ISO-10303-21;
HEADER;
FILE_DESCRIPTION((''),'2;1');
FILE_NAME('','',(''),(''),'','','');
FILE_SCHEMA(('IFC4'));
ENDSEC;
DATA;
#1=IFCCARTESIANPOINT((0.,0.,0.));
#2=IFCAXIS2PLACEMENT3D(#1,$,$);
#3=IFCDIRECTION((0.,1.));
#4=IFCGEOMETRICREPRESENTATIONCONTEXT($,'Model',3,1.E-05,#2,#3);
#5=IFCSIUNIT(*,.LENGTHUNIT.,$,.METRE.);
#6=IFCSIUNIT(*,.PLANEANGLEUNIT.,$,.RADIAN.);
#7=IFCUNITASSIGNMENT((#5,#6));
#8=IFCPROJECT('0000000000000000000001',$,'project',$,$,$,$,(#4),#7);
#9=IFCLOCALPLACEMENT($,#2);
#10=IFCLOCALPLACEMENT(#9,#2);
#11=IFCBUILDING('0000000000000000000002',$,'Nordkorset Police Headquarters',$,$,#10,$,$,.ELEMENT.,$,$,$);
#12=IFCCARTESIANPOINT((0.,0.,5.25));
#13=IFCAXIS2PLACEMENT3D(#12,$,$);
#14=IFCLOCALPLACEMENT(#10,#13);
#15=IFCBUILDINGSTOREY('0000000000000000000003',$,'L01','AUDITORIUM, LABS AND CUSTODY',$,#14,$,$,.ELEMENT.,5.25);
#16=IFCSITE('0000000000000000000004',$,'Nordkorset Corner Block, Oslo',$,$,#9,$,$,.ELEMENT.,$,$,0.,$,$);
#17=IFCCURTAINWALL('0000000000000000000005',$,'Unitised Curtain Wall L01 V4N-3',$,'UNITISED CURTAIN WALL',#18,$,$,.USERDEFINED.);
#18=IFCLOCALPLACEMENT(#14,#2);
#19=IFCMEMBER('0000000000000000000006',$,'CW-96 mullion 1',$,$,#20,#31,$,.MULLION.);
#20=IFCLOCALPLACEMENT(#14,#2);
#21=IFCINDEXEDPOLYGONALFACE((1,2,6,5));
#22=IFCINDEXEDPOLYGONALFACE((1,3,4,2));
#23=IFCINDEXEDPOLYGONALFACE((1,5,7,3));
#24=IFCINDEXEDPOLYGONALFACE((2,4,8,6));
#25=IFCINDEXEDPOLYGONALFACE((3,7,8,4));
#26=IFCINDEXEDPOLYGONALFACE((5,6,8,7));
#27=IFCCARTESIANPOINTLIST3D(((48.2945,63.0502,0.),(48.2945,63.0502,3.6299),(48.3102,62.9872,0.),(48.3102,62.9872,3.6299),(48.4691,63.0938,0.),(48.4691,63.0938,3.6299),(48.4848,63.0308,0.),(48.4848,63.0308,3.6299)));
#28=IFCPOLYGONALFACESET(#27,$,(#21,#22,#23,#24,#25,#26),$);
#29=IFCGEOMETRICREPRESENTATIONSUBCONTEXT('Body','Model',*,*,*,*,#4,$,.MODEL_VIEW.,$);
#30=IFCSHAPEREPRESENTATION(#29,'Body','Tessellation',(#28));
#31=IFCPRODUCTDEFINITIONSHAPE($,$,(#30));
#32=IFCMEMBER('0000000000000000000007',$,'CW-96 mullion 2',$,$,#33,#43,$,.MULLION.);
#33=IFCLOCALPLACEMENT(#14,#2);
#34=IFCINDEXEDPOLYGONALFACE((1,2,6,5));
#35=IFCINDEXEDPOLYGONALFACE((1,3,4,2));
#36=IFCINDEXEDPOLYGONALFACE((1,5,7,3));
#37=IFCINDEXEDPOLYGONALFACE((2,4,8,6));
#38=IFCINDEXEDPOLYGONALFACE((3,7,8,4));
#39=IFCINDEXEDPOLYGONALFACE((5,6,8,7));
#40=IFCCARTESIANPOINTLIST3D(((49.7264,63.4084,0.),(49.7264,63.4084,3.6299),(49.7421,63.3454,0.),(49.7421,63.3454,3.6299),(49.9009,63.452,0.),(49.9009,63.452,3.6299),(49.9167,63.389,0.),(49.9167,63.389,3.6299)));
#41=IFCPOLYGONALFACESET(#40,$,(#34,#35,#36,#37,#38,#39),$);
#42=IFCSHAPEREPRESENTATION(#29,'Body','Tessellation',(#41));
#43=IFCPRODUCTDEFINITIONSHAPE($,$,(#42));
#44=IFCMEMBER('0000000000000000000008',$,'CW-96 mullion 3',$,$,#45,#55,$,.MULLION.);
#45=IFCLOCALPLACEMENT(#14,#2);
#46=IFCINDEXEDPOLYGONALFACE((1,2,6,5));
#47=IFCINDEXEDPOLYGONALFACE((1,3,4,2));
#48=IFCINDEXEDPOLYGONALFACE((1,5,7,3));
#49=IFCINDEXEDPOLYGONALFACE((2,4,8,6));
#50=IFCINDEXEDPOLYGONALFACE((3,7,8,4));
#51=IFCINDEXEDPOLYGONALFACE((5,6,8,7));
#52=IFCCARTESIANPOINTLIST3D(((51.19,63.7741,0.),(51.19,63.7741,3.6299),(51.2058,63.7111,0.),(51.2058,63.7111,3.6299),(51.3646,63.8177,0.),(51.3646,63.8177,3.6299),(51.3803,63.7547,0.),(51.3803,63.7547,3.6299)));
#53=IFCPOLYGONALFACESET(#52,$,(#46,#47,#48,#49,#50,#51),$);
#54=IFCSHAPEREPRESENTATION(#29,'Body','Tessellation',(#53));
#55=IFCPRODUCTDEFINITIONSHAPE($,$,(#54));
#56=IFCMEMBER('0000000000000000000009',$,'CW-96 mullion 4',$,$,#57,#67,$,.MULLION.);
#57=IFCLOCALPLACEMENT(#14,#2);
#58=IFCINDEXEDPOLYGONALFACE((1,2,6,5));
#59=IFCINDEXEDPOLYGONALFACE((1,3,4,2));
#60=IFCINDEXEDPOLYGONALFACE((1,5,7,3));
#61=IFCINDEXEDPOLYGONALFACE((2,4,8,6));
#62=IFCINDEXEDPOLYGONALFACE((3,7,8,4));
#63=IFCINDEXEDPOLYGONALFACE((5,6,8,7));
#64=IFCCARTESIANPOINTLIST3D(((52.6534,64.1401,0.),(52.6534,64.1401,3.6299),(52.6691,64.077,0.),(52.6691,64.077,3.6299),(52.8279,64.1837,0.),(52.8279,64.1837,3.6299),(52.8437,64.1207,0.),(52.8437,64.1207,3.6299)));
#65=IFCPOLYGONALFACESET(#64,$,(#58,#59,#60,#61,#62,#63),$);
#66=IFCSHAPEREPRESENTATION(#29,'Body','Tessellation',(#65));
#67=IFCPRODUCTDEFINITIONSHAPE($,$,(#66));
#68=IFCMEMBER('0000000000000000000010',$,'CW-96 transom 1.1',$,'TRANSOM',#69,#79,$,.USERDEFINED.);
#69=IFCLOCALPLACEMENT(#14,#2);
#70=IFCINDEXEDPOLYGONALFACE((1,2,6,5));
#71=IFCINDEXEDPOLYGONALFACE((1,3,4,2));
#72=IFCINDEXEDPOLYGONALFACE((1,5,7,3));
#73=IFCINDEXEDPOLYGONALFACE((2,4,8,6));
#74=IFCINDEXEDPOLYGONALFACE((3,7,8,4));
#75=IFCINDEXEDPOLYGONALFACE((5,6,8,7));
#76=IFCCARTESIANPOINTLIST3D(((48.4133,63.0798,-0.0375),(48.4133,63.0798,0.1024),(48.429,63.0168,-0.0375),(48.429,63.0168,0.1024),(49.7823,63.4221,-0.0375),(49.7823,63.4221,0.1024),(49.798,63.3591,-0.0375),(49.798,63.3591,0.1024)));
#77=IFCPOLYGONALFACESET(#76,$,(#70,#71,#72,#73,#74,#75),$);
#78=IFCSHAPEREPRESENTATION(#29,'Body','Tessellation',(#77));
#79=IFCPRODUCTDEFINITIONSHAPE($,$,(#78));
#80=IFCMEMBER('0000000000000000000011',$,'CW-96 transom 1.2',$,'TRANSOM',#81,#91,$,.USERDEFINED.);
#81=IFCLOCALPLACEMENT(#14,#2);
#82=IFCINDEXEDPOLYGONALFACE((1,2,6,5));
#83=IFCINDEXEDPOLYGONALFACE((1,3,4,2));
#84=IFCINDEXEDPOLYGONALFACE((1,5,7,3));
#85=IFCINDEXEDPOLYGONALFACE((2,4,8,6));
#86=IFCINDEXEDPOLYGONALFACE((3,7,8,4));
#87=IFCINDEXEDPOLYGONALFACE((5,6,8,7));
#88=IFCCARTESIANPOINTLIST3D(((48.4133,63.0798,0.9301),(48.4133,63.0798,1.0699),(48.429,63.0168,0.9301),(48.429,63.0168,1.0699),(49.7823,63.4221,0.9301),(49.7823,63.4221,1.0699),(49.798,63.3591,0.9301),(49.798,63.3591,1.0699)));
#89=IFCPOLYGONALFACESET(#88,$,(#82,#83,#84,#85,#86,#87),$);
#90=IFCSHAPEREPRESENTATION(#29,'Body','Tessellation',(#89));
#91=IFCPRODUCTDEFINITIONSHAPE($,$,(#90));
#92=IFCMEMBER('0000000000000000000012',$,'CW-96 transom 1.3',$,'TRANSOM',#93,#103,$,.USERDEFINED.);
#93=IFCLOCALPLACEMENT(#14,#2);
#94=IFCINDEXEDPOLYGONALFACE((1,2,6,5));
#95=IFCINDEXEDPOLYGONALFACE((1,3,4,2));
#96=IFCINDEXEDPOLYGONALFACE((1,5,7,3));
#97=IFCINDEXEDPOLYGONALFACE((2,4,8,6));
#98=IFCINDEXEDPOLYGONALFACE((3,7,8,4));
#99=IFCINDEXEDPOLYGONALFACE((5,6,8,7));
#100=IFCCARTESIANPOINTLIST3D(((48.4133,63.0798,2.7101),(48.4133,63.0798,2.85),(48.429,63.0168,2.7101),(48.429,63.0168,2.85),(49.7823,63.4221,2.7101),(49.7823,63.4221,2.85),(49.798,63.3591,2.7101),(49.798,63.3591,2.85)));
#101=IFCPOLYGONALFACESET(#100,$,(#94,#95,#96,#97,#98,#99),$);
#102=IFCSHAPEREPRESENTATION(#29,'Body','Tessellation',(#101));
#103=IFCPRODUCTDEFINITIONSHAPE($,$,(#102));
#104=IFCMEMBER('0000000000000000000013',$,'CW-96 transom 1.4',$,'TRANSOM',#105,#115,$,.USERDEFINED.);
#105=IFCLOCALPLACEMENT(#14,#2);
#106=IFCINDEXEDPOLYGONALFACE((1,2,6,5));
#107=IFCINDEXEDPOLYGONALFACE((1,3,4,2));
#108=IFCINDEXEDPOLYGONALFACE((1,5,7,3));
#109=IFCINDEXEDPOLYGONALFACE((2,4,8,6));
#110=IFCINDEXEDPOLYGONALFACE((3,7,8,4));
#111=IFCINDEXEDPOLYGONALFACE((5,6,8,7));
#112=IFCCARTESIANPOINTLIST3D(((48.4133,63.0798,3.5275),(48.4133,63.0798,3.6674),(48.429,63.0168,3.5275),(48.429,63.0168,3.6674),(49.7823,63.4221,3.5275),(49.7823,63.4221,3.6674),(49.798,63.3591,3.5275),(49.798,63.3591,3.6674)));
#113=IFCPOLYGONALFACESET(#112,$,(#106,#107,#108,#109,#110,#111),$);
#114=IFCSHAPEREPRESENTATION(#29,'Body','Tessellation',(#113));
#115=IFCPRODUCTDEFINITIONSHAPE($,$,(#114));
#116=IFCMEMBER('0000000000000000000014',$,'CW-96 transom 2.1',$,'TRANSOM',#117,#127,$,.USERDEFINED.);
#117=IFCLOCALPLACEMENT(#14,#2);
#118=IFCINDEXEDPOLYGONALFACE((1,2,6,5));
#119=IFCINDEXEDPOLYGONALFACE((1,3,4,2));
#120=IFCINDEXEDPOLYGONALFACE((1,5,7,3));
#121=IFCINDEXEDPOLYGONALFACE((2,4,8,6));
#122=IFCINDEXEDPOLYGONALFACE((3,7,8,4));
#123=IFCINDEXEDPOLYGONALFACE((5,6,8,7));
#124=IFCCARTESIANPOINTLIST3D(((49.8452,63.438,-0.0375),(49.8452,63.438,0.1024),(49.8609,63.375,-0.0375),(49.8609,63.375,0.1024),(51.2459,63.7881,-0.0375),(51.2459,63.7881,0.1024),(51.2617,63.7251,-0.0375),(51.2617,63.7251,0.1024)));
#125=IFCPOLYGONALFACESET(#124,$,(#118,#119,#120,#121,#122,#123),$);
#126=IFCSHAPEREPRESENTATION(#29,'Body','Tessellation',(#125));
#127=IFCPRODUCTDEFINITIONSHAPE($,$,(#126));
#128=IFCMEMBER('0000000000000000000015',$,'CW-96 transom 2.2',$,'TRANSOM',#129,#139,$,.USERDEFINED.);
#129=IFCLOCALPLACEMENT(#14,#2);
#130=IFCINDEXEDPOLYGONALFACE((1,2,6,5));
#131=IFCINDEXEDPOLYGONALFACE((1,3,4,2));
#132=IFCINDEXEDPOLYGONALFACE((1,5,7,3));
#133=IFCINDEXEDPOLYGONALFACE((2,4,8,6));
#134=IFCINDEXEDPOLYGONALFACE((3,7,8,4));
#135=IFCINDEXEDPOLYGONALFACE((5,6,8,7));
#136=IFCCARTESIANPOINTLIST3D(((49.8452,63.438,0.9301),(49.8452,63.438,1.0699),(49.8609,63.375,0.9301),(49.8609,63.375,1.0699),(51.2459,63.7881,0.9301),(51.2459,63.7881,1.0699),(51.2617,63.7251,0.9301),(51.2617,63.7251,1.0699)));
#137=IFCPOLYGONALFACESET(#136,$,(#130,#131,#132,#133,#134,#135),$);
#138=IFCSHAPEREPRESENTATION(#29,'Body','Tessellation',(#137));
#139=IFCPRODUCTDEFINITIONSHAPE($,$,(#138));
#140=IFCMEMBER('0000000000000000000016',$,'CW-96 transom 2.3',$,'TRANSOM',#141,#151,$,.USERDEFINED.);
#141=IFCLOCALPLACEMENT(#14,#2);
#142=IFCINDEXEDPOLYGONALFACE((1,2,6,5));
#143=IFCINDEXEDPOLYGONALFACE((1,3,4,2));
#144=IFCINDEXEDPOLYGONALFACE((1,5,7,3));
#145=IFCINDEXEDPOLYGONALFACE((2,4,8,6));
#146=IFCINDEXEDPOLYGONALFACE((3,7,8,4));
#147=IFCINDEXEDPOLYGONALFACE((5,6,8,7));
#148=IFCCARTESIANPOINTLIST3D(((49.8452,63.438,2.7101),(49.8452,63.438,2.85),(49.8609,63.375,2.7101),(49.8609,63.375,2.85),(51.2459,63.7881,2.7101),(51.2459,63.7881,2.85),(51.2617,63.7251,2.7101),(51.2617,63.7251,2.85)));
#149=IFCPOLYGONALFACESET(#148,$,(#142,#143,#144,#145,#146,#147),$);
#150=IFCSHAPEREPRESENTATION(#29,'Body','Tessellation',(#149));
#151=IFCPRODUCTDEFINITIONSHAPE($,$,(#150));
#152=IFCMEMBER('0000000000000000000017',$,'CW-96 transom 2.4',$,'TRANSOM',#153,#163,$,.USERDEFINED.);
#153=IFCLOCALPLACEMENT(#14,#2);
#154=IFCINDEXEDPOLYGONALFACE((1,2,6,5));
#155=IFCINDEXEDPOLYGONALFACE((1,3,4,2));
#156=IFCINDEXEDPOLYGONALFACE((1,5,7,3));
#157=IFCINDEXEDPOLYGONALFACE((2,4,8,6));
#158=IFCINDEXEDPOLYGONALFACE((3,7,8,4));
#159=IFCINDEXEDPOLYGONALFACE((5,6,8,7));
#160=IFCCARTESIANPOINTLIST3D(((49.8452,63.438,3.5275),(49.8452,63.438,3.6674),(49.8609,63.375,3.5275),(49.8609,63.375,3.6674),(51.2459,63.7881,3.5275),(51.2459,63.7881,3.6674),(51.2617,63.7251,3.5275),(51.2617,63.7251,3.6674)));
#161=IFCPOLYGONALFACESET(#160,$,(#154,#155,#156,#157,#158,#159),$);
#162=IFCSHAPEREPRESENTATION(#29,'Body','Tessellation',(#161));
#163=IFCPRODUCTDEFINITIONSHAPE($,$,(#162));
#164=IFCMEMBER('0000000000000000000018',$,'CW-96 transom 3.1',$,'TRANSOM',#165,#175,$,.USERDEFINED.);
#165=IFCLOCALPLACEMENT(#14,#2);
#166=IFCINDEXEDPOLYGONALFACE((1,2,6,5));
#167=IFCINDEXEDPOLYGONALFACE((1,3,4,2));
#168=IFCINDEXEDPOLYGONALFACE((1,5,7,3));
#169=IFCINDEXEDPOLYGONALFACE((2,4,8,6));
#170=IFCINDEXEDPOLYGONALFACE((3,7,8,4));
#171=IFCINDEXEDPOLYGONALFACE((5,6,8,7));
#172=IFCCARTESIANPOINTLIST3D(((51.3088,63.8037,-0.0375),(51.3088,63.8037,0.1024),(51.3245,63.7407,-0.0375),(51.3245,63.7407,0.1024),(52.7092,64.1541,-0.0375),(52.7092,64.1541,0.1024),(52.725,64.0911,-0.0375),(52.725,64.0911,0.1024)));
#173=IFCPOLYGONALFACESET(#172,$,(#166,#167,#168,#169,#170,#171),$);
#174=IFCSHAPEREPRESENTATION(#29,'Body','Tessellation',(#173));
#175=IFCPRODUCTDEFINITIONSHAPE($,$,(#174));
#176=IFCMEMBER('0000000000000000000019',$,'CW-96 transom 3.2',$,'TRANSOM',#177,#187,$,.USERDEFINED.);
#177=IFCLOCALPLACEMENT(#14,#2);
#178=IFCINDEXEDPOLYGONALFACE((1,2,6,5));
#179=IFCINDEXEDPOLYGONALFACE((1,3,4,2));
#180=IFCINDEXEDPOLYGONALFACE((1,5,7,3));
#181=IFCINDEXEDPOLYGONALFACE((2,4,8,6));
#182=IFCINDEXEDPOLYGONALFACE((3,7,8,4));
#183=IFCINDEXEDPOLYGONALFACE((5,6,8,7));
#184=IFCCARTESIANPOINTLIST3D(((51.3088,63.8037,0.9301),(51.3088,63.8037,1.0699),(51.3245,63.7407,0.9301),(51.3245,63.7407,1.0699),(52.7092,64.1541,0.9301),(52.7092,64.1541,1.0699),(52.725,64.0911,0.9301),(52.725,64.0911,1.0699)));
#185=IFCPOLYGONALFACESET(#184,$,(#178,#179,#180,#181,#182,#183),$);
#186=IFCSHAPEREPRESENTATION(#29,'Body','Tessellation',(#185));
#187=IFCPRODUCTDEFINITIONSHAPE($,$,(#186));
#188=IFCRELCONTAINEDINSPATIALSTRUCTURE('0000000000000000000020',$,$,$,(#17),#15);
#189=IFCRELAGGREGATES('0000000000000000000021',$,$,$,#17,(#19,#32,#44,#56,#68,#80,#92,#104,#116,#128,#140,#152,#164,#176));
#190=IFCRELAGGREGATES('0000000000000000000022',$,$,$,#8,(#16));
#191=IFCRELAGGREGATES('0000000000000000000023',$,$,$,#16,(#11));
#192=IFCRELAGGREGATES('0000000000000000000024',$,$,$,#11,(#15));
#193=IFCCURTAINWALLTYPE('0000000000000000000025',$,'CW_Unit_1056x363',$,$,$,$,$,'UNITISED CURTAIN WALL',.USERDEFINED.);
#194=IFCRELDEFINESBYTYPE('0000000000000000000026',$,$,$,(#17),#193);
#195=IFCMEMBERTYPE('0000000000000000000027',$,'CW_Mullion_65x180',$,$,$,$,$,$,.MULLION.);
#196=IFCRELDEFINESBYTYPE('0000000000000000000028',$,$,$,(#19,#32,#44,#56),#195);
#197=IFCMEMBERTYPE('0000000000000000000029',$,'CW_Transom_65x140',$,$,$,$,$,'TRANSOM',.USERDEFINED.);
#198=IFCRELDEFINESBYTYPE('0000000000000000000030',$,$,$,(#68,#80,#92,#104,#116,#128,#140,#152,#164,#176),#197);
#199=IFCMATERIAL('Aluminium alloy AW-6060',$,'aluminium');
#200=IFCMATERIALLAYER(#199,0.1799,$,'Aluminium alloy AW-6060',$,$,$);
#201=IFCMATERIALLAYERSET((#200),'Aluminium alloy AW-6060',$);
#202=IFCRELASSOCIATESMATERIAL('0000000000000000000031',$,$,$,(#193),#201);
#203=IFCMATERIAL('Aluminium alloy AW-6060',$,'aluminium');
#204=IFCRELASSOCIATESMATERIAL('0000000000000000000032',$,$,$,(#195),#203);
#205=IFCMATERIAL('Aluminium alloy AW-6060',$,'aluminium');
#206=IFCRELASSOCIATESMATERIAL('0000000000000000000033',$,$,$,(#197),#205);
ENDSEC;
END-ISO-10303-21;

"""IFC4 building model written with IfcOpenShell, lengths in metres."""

from ifc_helpers import new_model, si_unit, direction, frame, origin, origin_2d, place, context, subcontext, project, spatial, rectangle, extrude, material, layer, layer_set, material_profile, profile_set, type_object, element, aggregate, save


model = new_model("IFC4")

# Units and contexts
model_context = context("Model", 3, precision=1e-05, world=origin(), true_north=direction((0.0, 1.0)))
body_context = subcontext(model_context, "Body", "Model", "MODEL_VIEW")
ifc_project = project(units=[si_unit("LENGTHUNIT", "METRE"), si_unit("PLANEANGLEUNIT", "RADIAN")], contexts=[model_context])

# Site, building, storey
site_placement = place(None, origin())
site = spatial("IfcSite", under=ifc_project, at=site_placement, Name="Nordkorset Corner Block, Oslo", CompositionType="ELEMENT", RefElevation=0.0)
building_placement = place(site_placement, origin())
building = spatial("IfcBuilding", under=site, at=building_placement, Name="Nordkorset Police Headquarters", CompositionType="ELEMENT")
storey_placement = place(building_placement, frame((0.0, 0.0, 5.25)))
storey = spatial("IfcBuildingStorey", under=building, at=storey_placement, Name="L01", Description="AUDITORIUM, LABS AND CUSTODY", CompositionType="ELEMENT", Elevation=5.25)

# Curtain wall, members
ifc_material_1 = material(Name="Aluminium alloy AW-6060", Category="aluminium")
ifc_layer_1 = layer(ifc_material_1, 0.1799, Name="Aluminium alloy AW-6060")
ifc_layer_set_1 = layer_set([ifc_layer_1], Name="Aluminium alloy AW-6060")
curtain_wall_type = type_object("IfcCurtainWallType", Name="CW_Unit_1056x363", ElementType="UNITISED CURTAIN WALL", PredefinedType="USERDEFINED", material=ifc_layer_set_1)
curtain_wall_placement = place(storey_placement, origin())
curtain_wall = element("IfcCurtainWall", 1, at=curtain_wall_placement, inside=storey, type_object=curtain_wall_type, Name="Unitised Curtain Wall L01 V4N-3", ObjectType="UNITISED CURTAIN WALL", PredefinedType="USERDEFINED")
ifc_material_2 = material(Name="Aluminium alloy AW-6060", Category="aluminium")
ifc_material_profile_1 = material_profile(ifc_material_2, rectangle(XDim=0.0649, YDim=0.1799, at=origin_2d()), Name="ALU MULL 65x180")
ifc_profile_set_1 = profile_set([ifc_material_profile_1], Name="Aluminium alloy AW-6060")
member_type_1 = type_object("IfcMemberType", Name="CW_Mullion_65x180", PredefinedType="MULLION", material=ifc_profile_set_1)
member_1_placement = place(storey_placement, frame((48.3896, 63.0405, 0.0), z_axis=(0.0, 0.0, 1.0), x_axis=(-0.242536, 0.970142, 0.0)))
member_1 = element("IfcMember", 2, at=member_1_placement, type_object=member_type_1, Name="CW-96 mullion 1", PredefinedType="MULLION", context=body_context, shape_type="SweptSolid", body=[
    extrude(rectangle(XDim=0.0649, YDim=0.1799, at=origin_2d()), origin(), (0.0, 0.0, 1.0), 3.6299),
])
member_2_placement = place(storey_placement, frame((49.8215, 63.3987, 0.0), z_axis=(0.0, 0.0, 1.0), x_axis=(-0.242536, 0.970142, 0.0)))
member_2 = element("IfcMember", 3, at=member_2_placement, type_object=member_type_1, Name="CW-96 mullion 2", PredefinedType="MULLION", context=body_context, shape_type="SweptSolid", body=[
    extrude(rectangle(XDim=0.0649, YDim=0.1799, at=origin_2d()), origin(), (0.0, 0.0, 1.0), 3.6299),
])
member_3_placement = place(storey_placement, frame((51.2852, 63.7644, 0.0), z_axis=(0.0, 0.0, 1.0), x_axis=(-0.242536, 0.970142, 0.0)))
member_3 = element("IfcMember", 4, at=member_3_placement, type_object=member_type_1, Name="CW-96 mullion 3", PredefinedType="MULLION", context=body_context, shape_type="SweptSolid", body=[
    extrude(rectangle(XDim=0.0649, YDim=0.1799, at=origin_2d()), origin(), (0.0, 0.0, 1.0), 3.6299),
])
member_4_placement = place(storey_placement, frame((52.7485, 64.1304, 0.0), z_axis=(0.0, 0.0, 1.0), x_axis=(-0.242536, 0.970142, 0.0)))
member_4 = element("IfcMember", 5, at=member_4_placement, type_object=member_type_1, Name="CW-96 mullion 4", PredefinedType="MULLION", context=body_context, shape_type="SweptSolid", body=[
    extrude(rectangle(XDim=0.0649, YDim=0.1799, at=origin_2d()), origin(), (0.0, 0.0, 1.0), 3.6299),
])
ifc_material_3 = material(Name="Aluminium alloy AW-6060", Category="aluminium")
ifc_material_profile_2 = material_profile(ifc_material_3, rectangle(XDim=0.0649, YDim=0.1399, at=origin_2d()), Name="ALU TRAN 65x140")
ifc_profile_set_2 = profile_set([ifc_material_profile_2], Name="Aluminium alloy AW-6060")
member_type_2 = type_object("IfcMemberType", Name="CW_Transom_65x140", ElementType="TRANSOM", PredefinedType="USERDEFINED", material=ifc_profile_set_2)
member_5_placement = place(storey_placement, frame((48.4211, 63.0483, 0.0325), z_axis=(0.970132, 0.242576, 0.0), x_axis=(-0.242576, 0.970132, 0.0)))
member_5 = element("IfcMember", 6, at=member_5_placement, type_object=member_type_2, Name="CW-96 transom 1.1", ObjectType="TRANSOM", PredefinedType="USERDEFINED", context=body_context, shape_type="SweptSolid", body=[
    extrude(rectangle(XDim=0.0649, YDim=0.1399, at=origin_2d()), origin(), (0.0, 0.0, 1.0), 1.4111),
])
member_6_placement = place(storey_placement, frame((48.4211, 63.0483, 1.0), z_axis=(0.970132, 0.242576, 0.0), x_axis=(-0.242576, 0.970132, 0.0)))
member_6 = element("IfcMember", 7, at=member_6_placement, type_object=member_type_2, Name="CW-96 transom 1.2", ObjectType="TRANSOM", PredefinedType="USERDEFINED", context=body_context, shape_type="SweptSolid", body=[
    extrude(rectangle(XDim=0.0649, YDim=0.1399, at=origin_2d()), origin(), (0.0, 0.0, 1.0), 1.4111),
])
member_7_placement = place(storey_placement, frame((48.4211, 63.0483, 2.78), z_axis=(0.970132, 0.242576, 0.0), x_axis=(-0.242576, 0.970132, 0.0)))
member_7 = element("IfcMember", 8, at=member_7_placement, type_object=member_type_2, Name="CW-96 transom 1.3", ObjectType="TRANSOM", PredefinedType="USERDEFINED", context=body_context, shape_type="SweptSolid", body=[
    extrude(rectangle(XDim=0.0649, YDim=0.1399, at=origin_2d()), origin(), (0.0, 0.0, 1.0), 1.4111),
])
member_8_placement = place(storey_placement, frame((48.4211, 63.0483, 3.5974), z_axis=(0.970132, 0.242576, 0.0), x_axis=(-0.242576, 0.970132, 0.0)))
member_8 = element("IfcMember", 9, at=member_8_placement, type_object=member_type_2, Name="CW-96 transom 1.4", ObjectType="TRANSOM", PredefinedType="USERDEFINED", context=body_context, shape_type="SweptSolid", body=[
    extrude(rectangle(XDim=0.0649, YDim=0.1399, at=origin_2d()), origin(), (0.0, 0.0, 1.0), 1.4111),
])
member_9_placement = place(storey_placement, frame((49.853, 63.4065, 0.0325), z_axis=(0.970152, 0.242496, 0.0), x_axis=(-0.242496, 0.970152, 0.0)))
member_9 = element("IfcMember", 10, at=member_9_placement, type_object=member_type_2, Name="CW-96 transom 2.1", ObjectType="TRANSOM", PredefinedType="USERDEFINED", context=body_context, shape_type="SweptSolid", body=[
    extrude(rectangle(XDim=0.0649, YDim=0.1399, at=origin_2d()), origin(), (0.0, 0.0, 1.0), 1.4438),
])
member_10_placement = place(storey_placement, frame((49.853, 63.4065, 1.0), z_axis=(0.970152, 0.242496, 0.0), x_axis=(-0.242496, 0.970152, 0.0)))
member_10 = element("IfcMember", 11, at=member_10_placement, type_object=member_type_2, Name="CW-96 transom 2.2", ObjectType="TRANSOM", PredefinedType="USERDEFINED", context=body_context, shape_type="SweptSolid", body=[
    extrude(rectangle(XDim=0.0649, YDim=0.1399, at=origin_2d()), origin(), (0.0, 0.0, 1.0), 1.4438),
])
member_11_placement = place(storey_placement, frame((49.853, 63.4065, 2.78), z_axis=(0.970152, 0.242496, 0.0), x_axis=(-0.242496, 0.970152, 0.0)))
member_11 = element("IfcMember", 12, at=member_11_placement, type_object=member_type_2, Name="CW-96 transom 2.3", ObjectType="TRANSOM", PredefinedType="USERDEFINED", context=body_context, shape_type="SweptSolid", body=[
    extrude(rectangle(XDim=0.0649, YDim=0.1399, at=origin_2d()), origin(), (0.0, 0.0, 1.0), 1.4438),
])
member_12_placement = place(storey_placement, frame((49.853, 63.4065, 3.5974), z_axis=(0.970152, 0.242496, 0.0), x_axis=(-0.242496, 0.970152, 0.0)))
member_12 = element("IfcMember", 13, at=member_12_placement, type_object=member_type_2, Name="CW-96 transom 2.4", ObjectType="TRANSOM", PredefinedType="USERDEFINED", context=body_context, shape_type="SweptSolid", body=[
    extrude(rectangle(XDim=0.0649, YDim=0.1399, at=origin_2d()), origin(), (0.0, 0.0, 1.0), 1.4438),
])
member_13_placement = place(storey_placement, frame((51.3167, 63.7722, 0.0325), z_axis=(0.970103, 0.242695, 0.0), x_axis=(-0.242695, 0.970103, 0.0)))
member_13 = element("IfcMember", 14, at=member_13_placement, type_object=member_type_2, Name="CW-96 transom 3.1", ObjectType="TRANSOM", PredefinedType="USERDEFINED", context=body_context, shape_type="SweptSolid", body=[
    extrude(rectangle(XDim=0.0649, YDim=0.1399, at=origin_2d()), origin(), (0.0, 0.0, 1.0), 1.4436),
])
member_14_placement = place(storey_placement, frame((51.3167, 63.7722, 1.0), z_axis=(0.970103, 0.242695, 0.0), x_axis=(-0.242695, 0.970103, 0.0)))
member_14 = element("IfcMember", 15, at=member_14_placement, type_object=member_type_2, Name="CW-96 transom 3.2", ObjectType="TRANSOM", PredefinedType="USERDEFINED", context=body_context, shape_type="SweptSolid", body=[
    extrude(rectangle(XDim=0.0649, YDim=0.1399, at=origin_2d()), origin(), (0.0, 0.0, 1.0), 1.4436),
])
aggregate(curtain_wall, [member_1, member_2, member_3, member_4, member_5, member_6, member_7, member_8, member_9, member_10, member_11, member_12, member_13, member_14])

save(model, "model.ifc")
